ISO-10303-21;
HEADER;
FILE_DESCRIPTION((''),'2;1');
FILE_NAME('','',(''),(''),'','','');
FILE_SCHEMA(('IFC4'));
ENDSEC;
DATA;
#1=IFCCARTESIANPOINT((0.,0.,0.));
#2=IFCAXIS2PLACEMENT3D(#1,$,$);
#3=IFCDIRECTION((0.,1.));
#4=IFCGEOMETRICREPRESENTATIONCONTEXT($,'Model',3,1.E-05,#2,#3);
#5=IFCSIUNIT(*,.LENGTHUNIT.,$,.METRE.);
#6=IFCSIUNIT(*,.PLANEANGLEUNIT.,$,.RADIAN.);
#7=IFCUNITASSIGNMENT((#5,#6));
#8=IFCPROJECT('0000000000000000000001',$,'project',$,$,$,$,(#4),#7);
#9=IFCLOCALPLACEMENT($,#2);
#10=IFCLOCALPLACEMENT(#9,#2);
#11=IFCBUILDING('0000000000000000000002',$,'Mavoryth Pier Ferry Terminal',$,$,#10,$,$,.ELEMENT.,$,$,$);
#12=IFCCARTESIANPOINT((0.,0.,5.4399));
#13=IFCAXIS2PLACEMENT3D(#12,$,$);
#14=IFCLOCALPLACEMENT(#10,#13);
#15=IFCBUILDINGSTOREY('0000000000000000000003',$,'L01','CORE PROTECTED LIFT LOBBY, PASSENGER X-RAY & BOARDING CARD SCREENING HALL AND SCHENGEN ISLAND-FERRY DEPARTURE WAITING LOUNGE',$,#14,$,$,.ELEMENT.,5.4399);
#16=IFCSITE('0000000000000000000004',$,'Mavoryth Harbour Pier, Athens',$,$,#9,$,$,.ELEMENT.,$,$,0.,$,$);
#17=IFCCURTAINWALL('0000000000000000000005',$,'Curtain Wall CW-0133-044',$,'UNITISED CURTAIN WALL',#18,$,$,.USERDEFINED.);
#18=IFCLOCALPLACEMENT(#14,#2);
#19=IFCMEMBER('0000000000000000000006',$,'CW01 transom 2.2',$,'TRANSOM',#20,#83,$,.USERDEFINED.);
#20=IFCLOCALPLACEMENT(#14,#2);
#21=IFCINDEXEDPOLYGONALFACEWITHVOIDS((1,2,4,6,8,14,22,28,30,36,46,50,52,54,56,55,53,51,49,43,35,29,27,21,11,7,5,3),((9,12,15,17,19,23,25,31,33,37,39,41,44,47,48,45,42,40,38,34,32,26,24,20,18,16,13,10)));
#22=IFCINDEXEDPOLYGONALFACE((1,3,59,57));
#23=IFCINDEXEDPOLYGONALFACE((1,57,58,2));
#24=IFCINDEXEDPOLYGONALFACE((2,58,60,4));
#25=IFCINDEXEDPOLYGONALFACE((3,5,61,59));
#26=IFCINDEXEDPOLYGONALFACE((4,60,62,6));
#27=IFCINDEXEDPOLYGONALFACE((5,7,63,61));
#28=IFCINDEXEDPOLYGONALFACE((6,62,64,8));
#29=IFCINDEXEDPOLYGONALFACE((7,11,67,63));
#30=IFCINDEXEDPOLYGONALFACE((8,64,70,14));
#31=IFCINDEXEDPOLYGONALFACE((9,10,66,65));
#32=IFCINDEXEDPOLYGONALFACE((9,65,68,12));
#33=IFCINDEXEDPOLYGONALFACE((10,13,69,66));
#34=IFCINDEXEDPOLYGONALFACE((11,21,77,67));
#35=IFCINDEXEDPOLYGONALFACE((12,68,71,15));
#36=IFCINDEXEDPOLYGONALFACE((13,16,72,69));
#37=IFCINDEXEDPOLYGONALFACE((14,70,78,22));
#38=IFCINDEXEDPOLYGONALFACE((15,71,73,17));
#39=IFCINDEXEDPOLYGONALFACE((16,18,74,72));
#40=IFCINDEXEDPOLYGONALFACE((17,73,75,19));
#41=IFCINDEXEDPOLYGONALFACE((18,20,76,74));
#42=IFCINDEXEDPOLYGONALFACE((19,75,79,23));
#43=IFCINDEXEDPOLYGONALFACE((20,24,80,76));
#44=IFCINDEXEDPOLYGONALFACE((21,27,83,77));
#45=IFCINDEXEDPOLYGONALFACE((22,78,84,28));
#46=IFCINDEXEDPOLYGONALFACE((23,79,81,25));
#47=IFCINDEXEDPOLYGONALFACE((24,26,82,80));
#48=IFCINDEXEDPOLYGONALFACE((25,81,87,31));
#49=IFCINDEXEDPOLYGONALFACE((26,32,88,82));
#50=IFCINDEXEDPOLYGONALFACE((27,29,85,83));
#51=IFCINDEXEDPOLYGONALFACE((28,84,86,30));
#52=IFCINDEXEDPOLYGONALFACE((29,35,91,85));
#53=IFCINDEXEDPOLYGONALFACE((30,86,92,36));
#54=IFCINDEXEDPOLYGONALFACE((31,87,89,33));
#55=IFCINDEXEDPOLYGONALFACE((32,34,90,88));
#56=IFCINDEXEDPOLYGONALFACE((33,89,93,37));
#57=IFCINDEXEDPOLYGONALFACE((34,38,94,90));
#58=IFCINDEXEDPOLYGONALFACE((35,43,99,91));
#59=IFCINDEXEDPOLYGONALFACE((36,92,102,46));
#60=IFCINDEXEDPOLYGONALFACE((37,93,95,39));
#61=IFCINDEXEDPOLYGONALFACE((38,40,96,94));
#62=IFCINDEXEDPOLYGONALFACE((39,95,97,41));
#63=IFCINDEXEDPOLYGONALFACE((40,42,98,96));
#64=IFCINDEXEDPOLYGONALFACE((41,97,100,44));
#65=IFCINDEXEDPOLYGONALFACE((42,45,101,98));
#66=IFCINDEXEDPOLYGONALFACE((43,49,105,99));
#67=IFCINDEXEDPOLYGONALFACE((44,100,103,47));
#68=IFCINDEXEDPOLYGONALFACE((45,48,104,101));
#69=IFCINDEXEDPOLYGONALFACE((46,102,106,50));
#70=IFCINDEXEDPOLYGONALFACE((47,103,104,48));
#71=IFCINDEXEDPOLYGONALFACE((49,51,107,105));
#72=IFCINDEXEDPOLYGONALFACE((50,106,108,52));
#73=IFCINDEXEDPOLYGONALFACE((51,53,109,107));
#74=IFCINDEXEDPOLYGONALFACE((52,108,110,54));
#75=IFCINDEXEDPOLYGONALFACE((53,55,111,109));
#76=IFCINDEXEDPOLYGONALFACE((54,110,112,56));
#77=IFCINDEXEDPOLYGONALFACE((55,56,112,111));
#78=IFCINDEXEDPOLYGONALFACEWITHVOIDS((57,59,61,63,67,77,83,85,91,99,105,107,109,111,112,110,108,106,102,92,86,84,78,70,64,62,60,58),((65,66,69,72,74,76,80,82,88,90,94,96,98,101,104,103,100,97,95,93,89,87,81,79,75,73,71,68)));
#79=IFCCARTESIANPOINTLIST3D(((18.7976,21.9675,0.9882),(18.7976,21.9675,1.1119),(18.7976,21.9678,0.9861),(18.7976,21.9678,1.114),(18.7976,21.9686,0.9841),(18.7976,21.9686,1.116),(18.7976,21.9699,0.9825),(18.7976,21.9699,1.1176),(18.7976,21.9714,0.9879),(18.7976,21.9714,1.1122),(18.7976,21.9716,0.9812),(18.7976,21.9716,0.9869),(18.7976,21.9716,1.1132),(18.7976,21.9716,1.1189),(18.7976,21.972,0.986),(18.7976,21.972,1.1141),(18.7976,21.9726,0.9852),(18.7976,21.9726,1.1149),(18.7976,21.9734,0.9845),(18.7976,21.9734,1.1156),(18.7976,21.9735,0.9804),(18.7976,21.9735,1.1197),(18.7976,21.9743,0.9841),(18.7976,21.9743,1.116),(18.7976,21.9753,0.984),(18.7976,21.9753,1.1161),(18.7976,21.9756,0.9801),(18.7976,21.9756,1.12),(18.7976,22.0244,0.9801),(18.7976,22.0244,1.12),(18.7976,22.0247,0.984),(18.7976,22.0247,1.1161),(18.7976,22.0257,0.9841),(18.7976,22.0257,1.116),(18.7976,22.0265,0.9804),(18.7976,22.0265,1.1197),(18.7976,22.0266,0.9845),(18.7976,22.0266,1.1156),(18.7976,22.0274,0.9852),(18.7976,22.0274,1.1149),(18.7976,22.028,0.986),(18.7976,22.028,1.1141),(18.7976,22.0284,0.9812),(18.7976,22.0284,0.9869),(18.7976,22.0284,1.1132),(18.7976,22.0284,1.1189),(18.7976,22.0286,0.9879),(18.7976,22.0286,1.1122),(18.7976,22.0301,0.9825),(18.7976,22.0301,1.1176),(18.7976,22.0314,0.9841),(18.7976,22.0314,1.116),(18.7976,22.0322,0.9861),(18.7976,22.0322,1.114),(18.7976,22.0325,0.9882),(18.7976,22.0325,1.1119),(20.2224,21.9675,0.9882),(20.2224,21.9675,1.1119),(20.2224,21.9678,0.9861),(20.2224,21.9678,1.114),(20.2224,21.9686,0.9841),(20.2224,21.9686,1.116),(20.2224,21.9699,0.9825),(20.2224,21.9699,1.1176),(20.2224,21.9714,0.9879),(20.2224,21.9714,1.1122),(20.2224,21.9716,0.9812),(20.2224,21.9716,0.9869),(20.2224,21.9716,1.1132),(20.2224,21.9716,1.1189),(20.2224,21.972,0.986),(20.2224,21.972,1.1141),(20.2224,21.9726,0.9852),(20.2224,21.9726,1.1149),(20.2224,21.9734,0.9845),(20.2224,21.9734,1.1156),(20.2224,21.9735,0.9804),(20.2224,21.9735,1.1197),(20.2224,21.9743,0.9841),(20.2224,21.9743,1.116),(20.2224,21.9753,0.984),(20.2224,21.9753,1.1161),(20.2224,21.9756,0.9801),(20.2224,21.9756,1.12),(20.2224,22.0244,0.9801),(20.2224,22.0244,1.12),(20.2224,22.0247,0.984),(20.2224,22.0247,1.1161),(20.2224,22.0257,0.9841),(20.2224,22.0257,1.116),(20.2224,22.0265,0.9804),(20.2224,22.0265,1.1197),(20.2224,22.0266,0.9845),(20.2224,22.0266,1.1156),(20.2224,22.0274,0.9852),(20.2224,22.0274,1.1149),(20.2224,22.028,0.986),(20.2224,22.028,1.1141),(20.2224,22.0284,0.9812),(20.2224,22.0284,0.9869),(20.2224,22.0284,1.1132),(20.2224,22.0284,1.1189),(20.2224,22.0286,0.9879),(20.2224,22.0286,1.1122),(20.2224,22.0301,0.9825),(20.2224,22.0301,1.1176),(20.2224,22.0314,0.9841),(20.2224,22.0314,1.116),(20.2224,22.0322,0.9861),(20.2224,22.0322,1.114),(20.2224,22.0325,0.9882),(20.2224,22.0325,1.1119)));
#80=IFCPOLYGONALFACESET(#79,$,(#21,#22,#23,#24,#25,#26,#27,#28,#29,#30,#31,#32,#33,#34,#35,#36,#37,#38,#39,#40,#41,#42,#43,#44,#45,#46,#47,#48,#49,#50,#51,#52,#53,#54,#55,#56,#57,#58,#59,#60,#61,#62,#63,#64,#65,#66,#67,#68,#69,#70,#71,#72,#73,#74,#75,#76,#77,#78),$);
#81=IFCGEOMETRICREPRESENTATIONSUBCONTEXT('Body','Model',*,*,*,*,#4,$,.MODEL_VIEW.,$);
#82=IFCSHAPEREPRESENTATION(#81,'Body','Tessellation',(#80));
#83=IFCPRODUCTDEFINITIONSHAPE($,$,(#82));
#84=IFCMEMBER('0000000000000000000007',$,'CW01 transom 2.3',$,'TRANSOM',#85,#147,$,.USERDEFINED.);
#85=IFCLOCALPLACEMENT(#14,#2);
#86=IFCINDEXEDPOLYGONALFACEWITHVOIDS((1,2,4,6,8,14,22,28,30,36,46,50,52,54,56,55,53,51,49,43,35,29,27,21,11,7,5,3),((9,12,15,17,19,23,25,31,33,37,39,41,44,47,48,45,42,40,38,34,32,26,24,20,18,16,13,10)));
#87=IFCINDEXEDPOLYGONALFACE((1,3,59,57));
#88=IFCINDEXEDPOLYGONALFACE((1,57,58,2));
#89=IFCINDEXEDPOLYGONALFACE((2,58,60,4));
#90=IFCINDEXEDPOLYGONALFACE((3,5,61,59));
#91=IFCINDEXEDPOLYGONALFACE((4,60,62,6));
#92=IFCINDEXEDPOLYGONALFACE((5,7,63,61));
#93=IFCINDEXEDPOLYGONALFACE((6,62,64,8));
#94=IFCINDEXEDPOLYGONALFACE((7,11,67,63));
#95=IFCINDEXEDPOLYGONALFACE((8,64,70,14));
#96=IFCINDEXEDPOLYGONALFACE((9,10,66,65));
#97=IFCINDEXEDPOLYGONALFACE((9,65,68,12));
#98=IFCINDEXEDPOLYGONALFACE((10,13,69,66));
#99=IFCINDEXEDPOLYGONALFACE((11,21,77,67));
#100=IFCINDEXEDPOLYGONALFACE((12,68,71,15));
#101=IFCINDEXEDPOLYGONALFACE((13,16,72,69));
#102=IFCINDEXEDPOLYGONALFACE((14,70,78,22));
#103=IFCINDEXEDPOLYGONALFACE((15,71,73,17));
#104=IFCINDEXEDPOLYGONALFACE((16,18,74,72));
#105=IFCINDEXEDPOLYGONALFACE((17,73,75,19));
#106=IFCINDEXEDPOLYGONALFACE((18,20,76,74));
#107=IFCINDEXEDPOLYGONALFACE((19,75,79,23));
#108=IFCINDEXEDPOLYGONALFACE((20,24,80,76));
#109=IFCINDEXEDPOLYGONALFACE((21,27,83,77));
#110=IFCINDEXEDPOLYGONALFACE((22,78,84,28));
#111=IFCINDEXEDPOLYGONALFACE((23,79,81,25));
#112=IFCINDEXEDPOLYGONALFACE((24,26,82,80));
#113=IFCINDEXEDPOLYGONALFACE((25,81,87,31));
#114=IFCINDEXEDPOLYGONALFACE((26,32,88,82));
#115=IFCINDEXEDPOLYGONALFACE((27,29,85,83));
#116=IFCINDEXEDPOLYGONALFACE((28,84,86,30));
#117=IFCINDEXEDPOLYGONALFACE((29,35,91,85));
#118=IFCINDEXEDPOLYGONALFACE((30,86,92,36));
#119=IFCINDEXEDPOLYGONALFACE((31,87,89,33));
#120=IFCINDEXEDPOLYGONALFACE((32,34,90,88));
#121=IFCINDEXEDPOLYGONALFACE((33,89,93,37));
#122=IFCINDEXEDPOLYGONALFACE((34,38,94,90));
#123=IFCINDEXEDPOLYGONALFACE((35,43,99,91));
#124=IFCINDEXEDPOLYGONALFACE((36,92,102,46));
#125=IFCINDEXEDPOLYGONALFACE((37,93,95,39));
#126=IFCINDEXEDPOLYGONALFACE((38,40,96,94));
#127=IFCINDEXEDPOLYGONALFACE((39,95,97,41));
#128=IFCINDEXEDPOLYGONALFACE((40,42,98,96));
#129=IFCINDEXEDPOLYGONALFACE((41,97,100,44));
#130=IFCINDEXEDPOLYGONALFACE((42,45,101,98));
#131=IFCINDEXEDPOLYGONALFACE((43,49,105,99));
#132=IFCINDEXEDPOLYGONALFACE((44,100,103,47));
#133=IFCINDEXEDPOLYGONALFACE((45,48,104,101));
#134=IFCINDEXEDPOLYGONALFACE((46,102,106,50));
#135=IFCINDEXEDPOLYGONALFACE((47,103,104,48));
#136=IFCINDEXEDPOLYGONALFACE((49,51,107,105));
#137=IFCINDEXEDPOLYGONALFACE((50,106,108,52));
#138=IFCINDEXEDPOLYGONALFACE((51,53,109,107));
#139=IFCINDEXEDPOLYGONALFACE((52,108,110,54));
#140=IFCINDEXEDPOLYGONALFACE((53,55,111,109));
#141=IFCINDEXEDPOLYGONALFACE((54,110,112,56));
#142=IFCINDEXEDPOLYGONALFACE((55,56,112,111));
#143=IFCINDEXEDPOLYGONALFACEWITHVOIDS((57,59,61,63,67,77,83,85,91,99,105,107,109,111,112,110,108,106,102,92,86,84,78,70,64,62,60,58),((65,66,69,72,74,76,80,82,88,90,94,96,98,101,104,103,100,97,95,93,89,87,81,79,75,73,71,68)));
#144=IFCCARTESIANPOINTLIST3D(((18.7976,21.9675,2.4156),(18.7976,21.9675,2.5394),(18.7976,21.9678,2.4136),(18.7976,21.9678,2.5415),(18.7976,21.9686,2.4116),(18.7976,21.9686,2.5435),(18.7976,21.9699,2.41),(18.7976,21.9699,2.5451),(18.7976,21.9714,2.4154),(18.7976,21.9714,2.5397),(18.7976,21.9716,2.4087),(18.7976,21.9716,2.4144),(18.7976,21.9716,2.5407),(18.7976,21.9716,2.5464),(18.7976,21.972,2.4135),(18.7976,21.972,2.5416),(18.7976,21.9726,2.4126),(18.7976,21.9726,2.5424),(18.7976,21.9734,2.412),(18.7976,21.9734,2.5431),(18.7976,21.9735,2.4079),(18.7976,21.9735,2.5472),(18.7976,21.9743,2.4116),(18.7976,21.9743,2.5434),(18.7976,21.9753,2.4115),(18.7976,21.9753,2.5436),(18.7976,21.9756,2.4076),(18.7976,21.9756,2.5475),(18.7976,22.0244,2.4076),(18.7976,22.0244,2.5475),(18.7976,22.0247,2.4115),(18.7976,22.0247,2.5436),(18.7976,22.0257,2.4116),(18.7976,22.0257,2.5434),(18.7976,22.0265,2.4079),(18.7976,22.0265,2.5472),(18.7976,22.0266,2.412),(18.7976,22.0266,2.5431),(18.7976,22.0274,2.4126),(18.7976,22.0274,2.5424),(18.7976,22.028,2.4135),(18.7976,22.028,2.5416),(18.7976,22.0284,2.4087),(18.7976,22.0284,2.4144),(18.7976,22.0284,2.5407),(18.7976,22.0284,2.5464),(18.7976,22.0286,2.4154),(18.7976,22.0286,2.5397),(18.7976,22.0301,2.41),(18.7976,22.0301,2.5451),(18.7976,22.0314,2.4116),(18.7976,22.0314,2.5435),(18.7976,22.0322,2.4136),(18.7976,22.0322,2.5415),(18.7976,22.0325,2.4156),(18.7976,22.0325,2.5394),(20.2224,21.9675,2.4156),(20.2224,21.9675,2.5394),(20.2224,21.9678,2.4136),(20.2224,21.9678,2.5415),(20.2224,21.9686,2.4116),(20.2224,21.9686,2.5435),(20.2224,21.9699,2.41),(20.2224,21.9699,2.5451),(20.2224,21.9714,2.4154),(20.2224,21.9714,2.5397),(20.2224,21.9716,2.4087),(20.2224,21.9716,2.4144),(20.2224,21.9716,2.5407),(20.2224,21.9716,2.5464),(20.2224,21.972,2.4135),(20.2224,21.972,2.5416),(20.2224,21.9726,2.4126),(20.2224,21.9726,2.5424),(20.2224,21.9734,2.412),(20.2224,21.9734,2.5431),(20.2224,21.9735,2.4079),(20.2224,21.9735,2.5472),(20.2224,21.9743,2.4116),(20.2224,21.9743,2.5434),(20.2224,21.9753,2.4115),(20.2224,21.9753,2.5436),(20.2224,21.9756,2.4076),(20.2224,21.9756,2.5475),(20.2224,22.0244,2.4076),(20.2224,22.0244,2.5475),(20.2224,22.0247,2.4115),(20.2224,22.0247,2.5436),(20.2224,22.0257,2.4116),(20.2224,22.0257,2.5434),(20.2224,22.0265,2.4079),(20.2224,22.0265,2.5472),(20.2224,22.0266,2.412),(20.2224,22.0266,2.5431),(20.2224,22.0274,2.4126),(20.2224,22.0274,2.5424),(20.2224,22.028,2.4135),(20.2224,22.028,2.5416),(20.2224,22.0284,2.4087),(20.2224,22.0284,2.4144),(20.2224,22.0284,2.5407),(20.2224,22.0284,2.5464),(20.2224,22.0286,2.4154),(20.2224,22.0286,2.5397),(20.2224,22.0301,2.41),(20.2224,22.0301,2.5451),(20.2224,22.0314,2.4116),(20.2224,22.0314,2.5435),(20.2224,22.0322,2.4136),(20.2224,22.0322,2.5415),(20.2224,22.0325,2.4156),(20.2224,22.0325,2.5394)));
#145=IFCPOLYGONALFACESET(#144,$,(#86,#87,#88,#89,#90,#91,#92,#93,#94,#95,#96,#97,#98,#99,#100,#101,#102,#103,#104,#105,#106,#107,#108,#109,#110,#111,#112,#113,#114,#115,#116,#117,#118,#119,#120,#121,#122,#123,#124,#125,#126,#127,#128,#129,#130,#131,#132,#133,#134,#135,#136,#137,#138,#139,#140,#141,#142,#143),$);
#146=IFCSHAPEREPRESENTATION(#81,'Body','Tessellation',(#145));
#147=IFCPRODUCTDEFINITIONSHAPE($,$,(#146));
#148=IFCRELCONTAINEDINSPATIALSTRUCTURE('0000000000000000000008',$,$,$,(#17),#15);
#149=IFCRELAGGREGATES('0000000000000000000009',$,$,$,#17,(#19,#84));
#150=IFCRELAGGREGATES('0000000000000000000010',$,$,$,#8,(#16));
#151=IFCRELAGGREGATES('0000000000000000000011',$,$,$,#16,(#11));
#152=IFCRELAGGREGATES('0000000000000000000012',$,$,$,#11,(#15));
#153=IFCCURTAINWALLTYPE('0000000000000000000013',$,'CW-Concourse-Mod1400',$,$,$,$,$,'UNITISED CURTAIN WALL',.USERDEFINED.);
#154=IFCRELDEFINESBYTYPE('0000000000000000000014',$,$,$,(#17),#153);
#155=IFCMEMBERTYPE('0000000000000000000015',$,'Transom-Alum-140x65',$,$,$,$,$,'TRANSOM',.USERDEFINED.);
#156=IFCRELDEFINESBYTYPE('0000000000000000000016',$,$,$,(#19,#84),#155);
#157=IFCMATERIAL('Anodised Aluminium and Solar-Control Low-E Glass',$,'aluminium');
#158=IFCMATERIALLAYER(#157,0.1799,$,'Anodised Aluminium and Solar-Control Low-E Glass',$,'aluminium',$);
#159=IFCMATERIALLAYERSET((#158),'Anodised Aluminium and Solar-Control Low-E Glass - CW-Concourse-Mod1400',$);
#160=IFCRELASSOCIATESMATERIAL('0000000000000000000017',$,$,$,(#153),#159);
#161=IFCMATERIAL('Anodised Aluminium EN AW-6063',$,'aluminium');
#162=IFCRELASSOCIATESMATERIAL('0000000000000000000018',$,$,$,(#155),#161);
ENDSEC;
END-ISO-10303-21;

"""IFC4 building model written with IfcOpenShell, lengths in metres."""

from ifc_helpers import new_model, si_unit, direction, frame, origin, origin_2d, place, context, subcontext, project, spatial, hollow_rectangle, extrude, material, layer, layer_set, material_profile, profile_set, type_object, element, aggregate, save


model = new_model("IFC4")

# Units and contexts
model_context = context("Model", 3, precision=1e-05, world=origin(), true_north=direction((0.0, 1.0)))
body_context = subcontext(model_context, "Body", "Model", "MODEL_VIEW")
ifc_project = project(units=[si_unit("LENGTHUNIT", "METRE"), si_unit("PLANEANGLEUNIT", "RADIAN")], contexts=[model_context])

# Site, building, storey
site_placement = place(None, origin())
site = spatial("IfcSite", under=ifc_project, at=site_placement, Name="Mavoryth Harbour Pier, Athens", CompositionType="ELEMENT", RefElevation=0.0)
building_placement = place(site_placement, origin())
building = spatial("IfcBuilding", under=site, at=building_placement, Name="Mavoryth Pier Ferry Terminal", CompositionType="ELEMENT")
storey_placement = place(building_placement, frame((0.0, 0.0, 5.4399)))
storey = spatial("IfcBuildingStorey", under=building, at=storey_placement, Name="L01", Description="CORE PROTECTED LIFT LOBBY, PASSENGER X-RAY & BOARDING CARD SCREENING HALL AND SCHENGEN ISLAND-FERRY DEPARTURE WAITING LOUNGE", CompositionType="ELEMENT", Elevation=5.4399)

# Curtain wall
ifc_material_1 = material(Name="Anodised Aluminium and Solar-Control Low-E Glass", Category="aluminium")
ifc_layer_1 = layer(ifc_material_1, 0.1799, Name="Anodised Aluminium and Solar-Control Low-E Glass", Category="aluminium")
ifc_layer_set_1 = layer_set([ifc_layer_1], Name="Anodised Aluminium and Solar-Control Low-E Glass - CW-Concourse-Mod1400")
curtain_wall_type = type_object("IfcCurtainWallType", Name="CW-Concourse-Mod1400", ElementType="UNITISED CURTAIN WALL", PredefinedType="USERDEFINED", material=ifc_layer_set_1)
ifc_material_2 = material(Name="Anodised Aluminium EN AW-6063", Category="aluminium")
curtain_wall_1_placement = place(storey_placement, origin())
curtain_wall_1 = element("IfcCurtainWall", 1, at=curtain_wall_1_placement, inside=storey, type_object=curtain_wall_type, Name="Curtain Wall CW-0133-044", ObjectType="UNITISED CURTAIN WALL", PredefinedType="USERDEFINED")

# Members
ifc_material_profile_1 = material_profile(ifc_material_2, hollow_rectangle(XDim=0.0649, YDim=0.1399, WallThickness=0.0039, InnerFilletRadius=0.0039, OuterFilletRadius=0.0081, at=origin_2d()), Name="AL-TRAN 140x65x4", Category="aluminium")
ifc_profile_set_1 = profile_set([ifc_material_profile_1], Name="Anodised Aluminium EN AW-6063 - AL-TRAN 140x65x4")
member_type_1 = type_object("IfcMemberType", Name="Transom-Alum-140x65", ElementType="TRANSOM", PredefinedType="USERDEFINED", material=ifc_profile_set_1)
member_1_placement = place(storey_placement, frame((18.7976, 22.0, 1.05), z_axis=(1.0, 0.0, 0.0), x_axis=(0.0, 1.0, 0.0)))
member_1 = element("IfcMember", 2, at=member_1_placement, type_object=member_type_1, Name="CW01 transom 2.2", ObjectType="TRANSOM", PredefinedType="USERDEFINED", context=body_context, shape_type="SweptSolid", body=[
    extrude(hollow_rectangle(XDim=0.0649, YDim=0.1399, WallThickness=0.0039, InnerFilletRadius=0.0039, OuterFilletRadius=0.0081, at=origin_2d()), origin(), (0.0, 0.0, 1.0), 1.4248),
])
member_2_placement = place(storey_placement, frame((18.7976, 22.0, 2.4775), z_axis=(1.0, 0.0, 0.0), x_axis=(0.0, 1.0, 0.0)))
member_2 = element("IfcMember", 3, at=member_2_placement, type_object=member_type_1, Name="CW01 transom 2.3", ObjectType="TRANSOM", PredefinedType="USERDEFINED", context=body_context, shape_type="SweptSolid", body=[
    extrude(hollow_rectangle(XDim=0.0649, YDim=0.1399, WallThickness=0.0039, InnerFilletRadius=0.0039, OuterFilletRadius=0.0081, at=origin_2d()), origin(), (0.0, 0.0, 1.0), 1.4248),
])

aggregate(curtain_wall_1, [member_1, member_2])

save(model, "model.ifc")
